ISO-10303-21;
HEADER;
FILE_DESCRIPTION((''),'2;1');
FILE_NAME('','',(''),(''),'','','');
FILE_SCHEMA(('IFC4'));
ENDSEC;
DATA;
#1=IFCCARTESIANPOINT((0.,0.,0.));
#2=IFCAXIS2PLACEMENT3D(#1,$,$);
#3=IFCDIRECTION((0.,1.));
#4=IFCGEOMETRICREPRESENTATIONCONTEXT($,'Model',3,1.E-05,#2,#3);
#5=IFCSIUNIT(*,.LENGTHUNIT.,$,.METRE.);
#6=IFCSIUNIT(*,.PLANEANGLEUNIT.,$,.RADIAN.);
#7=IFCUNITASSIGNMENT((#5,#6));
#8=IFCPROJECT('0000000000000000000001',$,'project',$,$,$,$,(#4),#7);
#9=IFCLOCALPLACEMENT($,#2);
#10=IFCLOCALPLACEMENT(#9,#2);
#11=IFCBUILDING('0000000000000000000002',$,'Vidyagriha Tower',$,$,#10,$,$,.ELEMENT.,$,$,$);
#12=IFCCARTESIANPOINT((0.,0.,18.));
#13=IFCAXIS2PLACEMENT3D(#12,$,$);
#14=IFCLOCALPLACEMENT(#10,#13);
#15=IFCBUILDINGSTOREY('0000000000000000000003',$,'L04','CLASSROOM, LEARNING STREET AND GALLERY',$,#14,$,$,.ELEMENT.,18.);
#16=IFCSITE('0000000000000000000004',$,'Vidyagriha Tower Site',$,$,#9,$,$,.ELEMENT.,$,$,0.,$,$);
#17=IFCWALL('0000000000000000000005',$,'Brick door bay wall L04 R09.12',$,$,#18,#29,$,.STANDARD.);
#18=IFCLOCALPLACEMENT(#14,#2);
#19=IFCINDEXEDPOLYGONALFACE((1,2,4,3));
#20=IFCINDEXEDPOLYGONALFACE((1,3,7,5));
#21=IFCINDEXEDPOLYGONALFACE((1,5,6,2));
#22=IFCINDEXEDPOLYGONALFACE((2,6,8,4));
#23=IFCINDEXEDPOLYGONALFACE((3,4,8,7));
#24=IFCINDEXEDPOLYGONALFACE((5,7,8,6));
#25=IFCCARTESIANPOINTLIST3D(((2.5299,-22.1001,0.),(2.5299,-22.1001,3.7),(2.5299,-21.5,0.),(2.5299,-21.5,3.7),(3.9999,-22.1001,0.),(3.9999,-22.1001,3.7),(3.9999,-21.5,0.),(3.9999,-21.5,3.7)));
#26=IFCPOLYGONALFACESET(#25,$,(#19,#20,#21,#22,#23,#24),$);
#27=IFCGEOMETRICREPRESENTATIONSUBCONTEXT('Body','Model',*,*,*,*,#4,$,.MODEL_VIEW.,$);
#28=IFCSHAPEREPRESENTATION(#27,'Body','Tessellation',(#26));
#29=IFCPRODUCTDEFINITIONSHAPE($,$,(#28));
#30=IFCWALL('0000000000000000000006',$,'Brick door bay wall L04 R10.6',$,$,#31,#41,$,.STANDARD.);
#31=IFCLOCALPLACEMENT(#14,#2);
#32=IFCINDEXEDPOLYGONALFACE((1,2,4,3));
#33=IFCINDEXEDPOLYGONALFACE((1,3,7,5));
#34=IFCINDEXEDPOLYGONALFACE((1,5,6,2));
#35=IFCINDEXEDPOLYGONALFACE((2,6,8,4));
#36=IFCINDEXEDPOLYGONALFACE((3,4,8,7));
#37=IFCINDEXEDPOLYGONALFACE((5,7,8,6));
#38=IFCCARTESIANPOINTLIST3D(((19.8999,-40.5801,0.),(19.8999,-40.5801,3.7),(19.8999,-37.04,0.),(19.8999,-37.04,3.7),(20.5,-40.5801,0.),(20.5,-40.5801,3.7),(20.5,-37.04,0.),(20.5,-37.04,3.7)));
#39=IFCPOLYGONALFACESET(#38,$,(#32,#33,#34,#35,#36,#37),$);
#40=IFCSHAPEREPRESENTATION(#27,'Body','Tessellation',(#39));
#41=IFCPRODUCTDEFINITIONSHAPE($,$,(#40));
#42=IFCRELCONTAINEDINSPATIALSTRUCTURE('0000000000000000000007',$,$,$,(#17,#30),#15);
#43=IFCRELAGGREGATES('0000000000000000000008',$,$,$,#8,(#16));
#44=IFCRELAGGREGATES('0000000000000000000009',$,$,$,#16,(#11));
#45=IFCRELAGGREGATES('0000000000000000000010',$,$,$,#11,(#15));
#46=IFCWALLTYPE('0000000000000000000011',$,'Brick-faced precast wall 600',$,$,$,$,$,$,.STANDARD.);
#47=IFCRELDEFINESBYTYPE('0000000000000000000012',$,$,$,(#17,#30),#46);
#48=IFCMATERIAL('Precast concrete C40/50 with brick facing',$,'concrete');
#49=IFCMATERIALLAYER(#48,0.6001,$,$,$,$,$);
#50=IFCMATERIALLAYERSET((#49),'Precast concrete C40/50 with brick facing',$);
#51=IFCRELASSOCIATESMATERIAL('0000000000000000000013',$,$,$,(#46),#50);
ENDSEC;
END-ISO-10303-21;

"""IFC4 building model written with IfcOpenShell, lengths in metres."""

from ifc_helpers import new_model, si_unit, direction, frame, frame_2d, origin, place, context, subcontext, project, spatial, rectangle, extrude, material, layer, layer_set, type_object, element, save


model = new_model("IFC4")

# Units and contexts
model_context = context("Model", 3, precision=1e-05, world=origin(), true_north=direction((0.0, 1.0)))
body_context = subcontext(model_context, "Body", "Model", "MODEL_VIEW")
ifc_project = project(units=[si_unit("LENGTHUNIT", "METRE"), si_unit("PLANEANGLEUNIT", "RADIAN")], contexts=[model_context])

# Site, building, storey
site_placement = place(None, origin())
site = spatial("IfcSite", under=ifc_project, at=site_placement, Name="Vidyagriha Tower Site", CompositionType="ELEMENT", RefElevation=0.0)
building_placement = place(site_placement, origin())
building = spatial("IfcBuilding", under=site, at=building_placement, Name="Vidyagriha Tower", CompositionType="ELEMENT")
storey_placement = place(building_placement, frame((0.0, 0.0, 18.0)))
storey = spatial("IfcBuildingStorey", under=building, at=storey_placement, Name="L04", Description="CLASSROOM, LEARNING STREET AND GALLERY", CompositionType="ELEMENT", Elevation=18.0)

# Walls
ifc_material_1 = material(Name="Precast concrete C40/50 with brick facing", Category="concrete")
ifc_layer_1 = layer(ifc_material_1, 0.6001)
ifc_layer_set_1 = layer_set([ifc_layer_1], Name="Precast concrete C40/50 with brick facing")
wall_type = type_object("IfcWallType", Name="Brick-faced precast wall 600", PredefinedType="STANDARD", material=ifc_layer_set_1)
wall_1_placement = place(storey_placement, frame((2.53, -21.8, 0.0)))
element("IfcWall", 1, at=wall_1_placement, inside=storey, type_object=wall_type, Name="Brick door bay wall L04 R09.12", PredefinedType="STANDARD", context=body_context, shape_type="SweptSolid", body=[
    extrude(rectangle(XDim=1.47, YDim=0.6001, at=frame_2d((0.7349, 0.0))), origin(), (0.0, 0.0, 1.0), 3.7),
])
wall_2_placement = place(storey_placement, frame((20.2, -37.04, 0.0), z_axis=(0.0, 0.0, 1.0), x_axis=(0.0, -1.0, 0.0)))
element("IfcWall", 2, at=wall_2_placement, inside=storey, type_object=wall_type, Name="Brick door bay wall L04 R10.6", PredefinedType="STANDARD", context=body_context, shape_type="SweptSolid", body=[
    extrude(rectangle(XDim=3.54, YDim=0.6001, at=frame_2d((1.77, 0.0))), origin(), (0.0, 0.0, 1.0), 3.7),
])

save(model, "model.ifc")
